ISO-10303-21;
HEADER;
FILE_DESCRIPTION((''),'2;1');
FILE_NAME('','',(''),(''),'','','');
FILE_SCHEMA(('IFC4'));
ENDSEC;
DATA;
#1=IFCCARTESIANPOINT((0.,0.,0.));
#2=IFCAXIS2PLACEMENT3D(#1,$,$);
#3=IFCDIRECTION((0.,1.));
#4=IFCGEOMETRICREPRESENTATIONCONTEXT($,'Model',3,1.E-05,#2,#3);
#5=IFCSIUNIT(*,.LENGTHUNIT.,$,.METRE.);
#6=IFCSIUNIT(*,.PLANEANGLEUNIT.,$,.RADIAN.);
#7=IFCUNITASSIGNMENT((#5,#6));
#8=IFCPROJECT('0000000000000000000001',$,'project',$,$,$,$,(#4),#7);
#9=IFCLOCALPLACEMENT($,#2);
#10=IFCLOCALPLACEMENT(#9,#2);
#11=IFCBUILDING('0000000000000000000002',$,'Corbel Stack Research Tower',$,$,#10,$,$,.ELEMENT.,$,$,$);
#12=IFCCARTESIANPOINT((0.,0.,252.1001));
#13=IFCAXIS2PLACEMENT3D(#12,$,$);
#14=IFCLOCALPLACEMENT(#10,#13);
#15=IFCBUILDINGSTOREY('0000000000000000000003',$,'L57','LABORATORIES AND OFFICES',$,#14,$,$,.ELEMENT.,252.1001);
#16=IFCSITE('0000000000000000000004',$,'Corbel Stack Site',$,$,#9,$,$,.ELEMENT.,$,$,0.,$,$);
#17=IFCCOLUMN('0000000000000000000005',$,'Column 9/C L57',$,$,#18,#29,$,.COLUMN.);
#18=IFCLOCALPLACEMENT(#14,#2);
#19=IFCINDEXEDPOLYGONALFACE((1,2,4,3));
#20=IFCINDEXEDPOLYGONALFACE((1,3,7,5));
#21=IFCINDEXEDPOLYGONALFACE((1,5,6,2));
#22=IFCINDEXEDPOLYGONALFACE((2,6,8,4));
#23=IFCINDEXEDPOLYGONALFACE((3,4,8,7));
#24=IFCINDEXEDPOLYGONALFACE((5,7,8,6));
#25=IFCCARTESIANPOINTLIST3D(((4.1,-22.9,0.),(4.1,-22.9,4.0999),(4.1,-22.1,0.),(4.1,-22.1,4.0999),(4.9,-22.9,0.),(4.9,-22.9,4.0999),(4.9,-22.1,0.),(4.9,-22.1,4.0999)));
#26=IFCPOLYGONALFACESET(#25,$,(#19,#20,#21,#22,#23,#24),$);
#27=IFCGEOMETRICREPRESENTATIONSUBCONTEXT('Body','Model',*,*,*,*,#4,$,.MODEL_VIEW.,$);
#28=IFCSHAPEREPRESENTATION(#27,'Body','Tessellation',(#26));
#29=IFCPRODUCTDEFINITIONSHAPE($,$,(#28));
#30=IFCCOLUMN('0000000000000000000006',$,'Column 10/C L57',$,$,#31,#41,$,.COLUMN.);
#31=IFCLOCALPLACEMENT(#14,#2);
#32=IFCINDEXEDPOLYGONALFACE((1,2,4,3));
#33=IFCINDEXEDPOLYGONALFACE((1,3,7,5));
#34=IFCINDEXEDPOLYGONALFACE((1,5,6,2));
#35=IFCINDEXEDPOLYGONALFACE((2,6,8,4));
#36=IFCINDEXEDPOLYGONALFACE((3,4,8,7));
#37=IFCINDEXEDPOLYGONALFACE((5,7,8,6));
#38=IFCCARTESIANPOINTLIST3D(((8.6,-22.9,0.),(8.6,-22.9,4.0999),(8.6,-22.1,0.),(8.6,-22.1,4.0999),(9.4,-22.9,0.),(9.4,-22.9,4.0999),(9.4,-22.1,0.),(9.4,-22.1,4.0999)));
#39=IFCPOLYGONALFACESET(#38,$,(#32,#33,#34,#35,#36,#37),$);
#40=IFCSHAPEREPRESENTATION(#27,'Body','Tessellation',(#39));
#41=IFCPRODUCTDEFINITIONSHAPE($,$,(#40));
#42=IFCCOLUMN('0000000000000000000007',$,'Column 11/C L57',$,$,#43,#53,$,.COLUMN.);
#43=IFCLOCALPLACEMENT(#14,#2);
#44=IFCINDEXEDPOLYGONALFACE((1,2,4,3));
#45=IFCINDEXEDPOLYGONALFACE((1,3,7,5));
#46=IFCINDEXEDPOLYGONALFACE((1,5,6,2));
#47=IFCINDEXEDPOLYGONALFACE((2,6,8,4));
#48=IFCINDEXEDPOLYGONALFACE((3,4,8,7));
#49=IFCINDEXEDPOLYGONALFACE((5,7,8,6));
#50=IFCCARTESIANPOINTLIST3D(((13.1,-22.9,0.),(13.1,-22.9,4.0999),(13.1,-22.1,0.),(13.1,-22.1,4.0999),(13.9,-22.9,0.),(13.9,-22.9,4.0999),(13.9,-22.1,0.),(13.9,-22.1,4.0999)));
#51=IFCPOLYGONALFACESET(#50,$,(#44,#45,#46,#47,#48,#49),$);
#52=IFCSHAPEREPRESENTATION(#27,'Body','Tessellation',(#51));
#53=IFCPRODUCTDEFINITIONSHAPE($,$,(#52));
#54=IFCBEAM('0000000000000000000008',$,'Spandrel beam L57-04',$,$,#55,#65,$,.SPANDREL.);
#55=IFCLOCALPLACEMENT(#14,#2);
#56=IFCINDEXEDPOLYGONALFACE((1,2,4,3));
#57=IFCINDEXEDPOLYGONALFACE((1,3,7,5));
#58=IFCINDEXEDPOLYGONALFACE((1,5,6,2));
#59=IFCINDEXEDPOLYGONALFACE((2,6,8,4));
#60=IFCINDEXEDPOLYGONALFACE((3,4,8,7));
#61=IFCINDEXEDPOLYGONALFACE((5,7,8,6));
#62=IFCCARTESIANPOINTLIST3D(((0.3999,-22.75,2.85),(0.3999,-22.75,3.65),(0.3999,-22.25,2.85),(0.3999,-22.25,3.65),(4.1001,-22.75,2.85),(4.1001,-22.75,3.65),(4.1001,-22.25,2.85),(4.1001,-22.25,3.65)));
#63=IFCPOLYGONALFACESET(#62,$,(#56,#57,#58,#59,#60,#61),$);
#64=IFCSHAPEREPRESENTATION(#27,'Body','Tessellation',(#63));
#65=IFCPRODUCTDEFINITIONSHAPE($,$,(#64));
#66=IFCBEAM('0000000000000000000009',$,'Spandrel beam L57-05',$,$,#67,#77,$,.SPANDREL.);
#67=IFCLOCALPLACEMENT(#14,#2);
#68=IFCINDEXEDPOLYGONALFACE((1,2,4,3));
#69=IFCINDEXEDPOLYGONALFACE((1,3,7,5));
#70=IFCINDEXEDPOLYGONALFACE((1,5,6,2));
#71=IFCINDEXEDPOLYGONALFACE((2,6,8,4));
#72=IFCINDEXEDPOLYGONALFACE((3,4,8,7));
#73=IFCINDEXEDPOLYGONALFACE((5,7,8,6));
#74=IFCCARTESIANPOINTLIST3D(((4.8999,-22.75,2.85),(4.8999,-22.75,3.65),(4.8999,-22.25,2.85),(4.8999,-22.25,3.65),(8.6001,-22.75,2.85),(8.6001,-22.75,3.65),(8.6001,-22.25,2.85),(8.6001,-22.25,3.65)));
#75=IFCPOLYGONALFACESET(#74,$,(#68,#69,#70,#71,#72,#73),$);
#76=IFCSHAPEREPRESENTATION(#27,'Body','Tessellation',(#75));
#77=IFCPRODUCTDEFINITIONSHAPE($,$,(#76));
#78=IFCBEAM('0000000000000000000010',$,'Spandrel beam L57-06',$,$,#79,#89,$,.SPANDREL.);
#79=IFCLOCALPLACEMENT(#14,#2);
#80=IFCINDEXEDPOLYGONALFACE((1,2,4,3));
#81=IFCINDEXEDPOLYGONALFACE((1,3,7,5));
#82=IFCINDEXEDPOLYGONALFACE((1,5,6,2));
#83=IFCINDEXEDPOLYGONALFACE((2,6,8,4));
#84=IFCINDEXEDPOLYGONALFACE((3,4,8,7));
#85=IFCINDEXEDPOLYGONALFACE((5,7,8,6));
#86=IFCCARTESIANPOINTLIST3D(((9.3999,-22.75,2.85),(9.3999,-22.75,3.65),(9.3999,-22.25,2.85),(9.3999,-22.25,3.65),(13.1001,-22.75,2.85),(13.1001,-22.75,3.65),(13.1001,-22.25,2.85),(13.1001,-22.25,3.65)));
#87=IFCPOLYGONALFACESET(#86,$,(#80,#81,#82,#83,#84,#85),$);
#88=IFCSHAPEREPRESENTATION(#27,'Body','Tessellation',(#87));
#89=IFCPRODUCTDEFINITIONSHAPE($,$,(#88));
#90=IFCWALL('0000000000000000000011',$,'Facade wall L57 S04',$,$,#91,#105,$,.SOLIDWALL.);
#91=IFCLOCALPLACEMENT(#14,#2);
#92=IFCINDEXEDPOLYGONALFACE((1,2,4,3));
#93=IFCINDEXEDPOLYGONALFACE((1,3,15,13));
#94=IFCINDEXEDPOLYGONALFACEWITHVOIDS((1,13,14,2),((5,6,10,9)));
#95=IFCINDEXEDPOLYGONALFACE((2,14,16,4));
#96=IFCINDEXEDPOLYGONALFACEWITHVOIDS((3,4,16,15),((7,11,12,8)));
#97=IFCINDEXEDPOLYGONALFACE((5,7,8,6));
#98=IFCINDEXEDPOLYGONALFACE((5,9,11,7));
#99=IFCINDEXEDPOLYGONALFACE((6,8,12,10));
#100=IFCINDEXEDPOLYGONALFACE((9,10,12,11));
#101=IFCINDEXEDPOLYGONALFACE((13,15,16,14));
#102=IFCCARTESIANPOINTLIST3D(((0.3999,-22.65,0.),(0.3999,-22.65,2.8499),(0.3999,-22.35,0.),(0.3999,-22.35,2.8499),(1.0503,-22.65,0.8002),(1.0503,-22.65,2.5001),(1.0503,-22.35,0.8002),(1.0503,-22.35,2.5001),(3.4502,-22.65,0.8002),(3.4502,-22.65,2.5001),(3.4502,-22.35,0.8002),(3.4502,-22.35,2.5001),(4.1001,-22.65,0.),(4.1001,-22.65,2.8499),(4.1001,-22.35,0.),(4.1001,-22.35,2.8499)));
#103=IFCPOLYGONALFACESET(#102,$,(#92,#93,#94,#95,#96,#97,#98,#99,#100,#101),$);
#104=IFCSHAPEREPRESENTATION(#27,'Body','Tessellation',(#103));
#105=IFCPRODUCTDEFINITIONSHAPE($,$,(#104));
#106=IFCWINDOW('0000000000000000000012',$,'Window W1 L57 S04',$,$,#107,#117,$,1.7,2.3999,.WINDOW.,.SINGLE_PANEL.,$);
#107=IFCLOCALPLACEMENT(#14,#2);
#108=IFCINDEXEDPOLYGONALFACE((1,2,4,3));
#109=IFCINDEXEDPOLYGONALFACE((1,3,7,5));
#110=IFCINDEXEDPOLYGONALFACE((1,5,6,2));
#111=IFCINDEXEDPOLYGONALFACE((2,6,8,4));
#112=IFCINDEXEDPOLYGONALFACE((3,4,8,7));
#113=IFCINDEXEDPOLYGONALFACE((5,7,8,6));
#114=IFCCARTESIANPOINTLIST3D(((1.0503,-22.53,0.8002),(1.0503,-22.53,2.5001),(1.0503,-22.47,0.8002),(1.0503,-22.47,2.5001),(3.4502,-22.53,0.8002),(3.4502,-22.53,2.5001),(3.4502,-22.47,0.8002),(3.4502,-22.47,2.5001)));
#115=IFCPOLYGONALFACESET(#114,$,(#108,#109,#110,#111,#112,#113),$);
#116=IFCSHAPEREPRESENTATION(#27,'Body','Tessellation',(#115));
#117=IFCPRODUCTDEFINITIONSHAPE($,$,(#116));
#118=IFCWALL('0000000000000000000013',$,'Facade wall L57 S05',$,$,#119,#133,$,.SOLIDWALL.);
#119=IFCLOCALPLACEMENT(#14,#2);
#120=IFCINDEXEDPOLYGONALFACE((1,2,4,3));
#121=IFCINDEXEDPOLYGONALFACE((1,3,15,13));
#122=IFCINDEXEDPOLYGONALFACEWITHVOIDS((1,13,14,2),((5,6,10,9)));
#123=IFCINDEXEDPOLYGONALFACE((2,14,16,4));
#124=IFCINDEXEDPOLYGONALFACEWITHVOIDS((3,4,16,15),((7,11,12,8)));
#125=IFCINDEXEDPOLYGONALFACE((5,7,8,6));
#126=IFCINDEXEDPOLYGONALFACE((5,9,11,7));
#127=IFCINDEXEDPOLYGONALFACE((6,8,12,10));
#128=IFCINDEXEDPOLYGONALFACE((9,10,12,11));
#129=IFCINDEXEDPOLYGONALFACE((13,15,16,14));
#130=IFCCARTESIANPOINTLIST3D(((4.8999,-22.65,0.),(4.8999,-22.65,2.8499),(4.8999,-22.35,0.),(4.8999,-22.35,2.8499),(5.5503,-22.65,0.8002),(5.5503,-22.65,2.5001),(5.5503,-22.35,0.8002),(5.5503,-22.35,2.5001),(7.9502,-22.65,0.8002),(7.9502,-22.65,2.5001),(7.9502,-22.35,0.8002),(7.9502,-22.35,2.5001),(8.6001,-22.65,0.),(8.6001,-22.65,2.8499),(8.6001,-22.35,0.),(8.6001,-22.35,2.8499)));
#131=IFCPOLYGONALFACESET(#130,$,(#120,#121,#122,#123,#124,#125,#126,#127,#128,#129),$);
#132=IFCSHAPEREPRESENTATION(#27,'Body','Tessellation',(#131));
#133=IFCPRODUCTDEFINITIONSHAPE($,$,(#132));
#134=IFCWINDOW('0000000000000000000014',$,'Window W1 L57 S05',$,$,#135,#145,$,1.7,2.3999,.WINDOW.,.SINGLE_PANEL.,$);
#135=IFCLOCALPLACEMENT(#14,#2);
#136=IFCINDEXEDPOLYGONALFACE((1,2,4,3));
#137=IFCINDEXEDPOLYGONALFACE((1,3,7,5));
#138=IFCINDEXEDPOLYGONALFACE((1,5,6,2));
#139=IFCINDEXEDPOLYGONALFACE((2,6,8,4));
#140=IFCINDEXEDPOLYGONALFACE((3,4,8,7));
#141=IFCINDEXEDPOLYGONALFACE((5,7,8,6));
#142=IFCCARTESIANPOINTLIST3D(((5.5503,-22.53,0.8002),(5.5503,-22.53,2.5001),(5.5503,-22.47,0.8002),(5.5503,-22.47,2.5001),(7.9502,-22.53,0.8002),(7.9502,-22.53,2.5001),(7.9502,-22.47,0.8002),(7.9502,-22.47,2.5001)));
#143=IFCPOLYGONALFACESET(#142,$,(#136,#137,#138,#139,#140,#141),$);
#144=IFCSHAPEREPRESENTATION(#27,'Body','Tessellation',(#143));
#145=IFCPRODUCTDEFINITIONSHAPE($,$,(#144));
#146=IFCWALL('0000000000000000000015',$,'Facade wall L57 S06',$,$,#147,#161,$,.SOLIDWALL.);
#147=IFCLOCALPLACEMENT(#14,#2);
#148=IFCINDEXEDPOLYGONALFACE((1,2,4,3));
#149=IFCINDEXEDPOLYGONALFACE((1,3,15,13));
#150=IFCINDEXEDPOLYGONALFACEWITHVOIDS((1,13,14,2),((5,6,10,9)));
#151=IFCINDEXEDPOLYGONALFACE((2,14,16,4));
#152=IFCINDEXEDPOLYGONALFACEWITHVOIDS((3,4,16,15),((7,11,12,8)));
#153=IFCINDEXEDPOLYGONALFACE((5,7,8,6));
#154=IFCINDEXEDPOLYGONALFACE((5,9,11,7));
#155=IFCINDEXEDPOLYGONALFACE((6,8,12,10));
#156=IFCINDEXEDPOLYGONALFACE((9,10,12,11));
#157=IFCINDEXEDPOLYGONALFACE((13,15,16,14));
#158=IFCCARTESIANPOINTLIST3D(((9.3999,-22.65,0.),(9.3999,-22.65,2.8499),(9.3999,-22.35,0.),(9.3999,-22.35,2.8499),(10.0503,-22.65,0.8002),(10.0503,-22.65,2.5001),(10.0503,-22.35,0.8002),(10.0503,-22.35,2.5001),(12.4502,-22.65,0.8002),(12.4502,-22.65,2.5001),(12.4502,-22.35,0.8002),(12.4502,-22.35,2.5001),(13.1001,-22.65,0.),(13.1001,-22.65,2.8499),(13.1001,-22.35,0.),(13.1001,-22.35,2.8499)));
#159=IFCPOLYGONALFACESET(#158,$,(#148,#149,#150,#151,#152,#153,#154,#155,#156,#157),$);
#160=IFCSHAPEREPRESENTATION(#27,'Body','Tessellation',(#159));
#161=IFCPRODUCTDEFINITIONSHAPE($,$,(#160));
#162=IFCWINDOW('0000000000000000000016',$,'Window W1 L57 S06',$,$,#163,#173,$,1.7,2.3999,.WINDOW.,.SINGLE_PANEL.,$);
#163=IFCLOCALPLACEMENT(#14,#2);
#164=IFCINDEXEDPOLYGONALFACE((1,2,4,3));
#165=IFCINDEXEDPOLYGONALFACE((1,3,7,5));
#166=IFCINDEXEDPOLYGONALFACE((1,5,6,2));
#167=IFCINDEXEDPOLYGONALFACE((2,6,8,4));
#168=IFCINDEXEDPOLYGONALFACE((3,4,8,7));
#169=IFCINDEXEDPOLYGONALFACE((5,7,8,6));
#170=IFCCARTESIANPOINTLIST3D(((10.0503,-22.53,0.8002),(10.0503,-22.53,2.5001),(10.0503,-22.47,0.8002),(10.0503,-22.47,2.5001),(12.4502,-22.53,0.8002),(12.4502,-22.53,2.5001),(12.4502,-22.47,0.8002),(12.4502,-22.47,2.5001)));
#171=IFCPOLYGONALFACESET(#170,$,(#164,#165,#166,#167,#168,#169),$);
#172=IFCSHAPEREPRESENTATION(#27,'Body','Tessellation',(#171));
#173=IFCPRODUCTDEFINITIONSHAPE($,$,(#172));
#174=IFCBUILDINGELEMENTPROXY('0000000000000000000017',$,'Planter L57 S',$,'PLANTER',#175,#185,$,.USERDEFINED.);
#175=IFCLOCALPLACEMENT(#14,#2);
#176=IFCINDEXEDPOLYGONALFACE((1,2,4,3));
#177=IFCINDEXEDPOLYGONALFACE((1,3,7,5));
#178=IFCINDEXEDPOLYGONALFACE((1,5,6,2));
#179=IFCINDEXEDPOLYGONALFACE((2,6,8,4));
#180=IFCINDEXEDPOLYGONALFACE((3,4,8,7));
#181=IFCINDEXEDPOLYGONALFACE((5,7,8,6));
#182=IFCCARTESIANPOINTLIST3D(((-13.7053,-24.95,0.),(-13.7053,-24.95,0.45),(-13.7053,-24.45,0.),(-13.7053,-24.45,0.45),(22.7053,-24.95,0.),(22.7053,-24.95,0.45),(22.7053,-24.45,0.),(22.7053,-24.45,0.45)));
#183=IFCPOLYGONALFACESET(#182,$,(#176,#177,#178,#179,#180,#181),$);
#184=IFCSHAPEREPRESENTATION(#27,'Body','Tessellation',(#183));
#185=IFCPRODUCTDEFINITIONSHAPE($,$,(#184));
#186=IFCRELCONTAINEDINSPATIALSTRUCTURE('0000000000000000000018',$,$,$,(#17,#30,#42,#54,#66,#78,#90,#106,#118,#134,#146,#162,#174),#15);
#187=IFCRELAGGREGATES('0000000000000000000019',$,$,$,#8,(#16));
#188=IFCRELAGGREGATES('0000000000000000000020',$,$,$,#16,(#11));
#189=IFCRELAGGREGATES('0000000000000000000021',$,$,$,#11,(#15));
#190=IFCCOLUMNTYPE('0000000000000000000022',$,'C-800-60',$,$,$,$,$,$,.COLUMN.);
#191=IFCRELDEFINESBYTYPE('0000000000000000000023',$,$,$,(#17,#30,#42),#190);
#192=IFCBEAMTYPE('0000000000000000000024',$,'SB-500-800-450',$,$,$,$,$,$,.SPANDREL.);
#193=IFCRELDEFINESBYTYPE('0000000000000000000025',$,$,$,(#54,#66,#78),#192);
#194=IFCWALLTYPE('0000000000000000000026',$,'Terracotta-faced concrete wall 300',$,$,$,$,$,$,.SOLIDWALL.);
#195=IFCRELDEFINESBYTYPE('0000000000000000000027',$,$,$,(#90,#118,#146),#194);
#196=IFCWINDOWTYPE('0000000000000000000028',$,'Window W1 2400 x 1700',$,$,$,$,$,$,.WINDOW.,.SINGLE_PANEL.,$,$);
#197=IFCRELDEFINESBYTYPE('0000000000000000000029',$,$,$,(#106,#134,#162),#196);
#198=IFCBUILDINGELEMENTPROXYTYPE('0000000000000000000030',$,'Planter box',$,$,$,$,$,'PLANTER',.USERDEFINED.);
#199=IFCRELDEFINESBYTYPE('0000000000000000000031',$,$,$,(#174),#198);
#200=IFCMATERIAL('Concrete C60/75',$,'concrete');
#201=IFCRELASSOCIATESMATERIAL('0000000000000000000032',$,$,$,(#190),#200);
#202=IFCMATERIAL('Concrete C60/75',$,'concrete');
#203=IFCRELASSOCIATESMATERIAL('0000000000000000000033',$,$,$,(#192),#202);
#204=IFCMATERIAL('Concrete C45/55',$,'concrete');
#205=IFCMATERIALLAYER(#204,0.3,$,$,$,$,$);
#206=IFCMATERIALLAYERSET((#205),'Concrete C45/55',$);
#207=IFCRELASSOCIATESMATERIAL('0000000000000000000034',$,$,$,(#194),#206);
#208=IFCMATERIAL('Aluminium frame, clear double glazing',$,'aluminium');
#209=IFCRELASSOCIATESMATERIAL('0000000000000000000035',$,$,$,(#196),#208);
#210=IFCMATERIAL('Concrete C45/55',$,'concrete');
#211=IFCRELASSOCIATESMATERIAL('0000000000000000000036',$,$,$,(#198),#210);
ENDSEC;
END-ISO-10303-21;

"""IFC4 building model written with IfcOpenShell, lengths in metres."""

from ifc_helpers import new_model, si_unit, direction, frame, frame_2d, origin, origin_2d, place, context, subcontext, project, spatial, rectangle, extrude, material, layer, layer_set, material_profile, profile_set, type_object, element, fill, save


model = new_model("IFC4")

# Units and contexts
model_context = context("Model", 3, precision=1e-05, world=origin(), true_north=direction((0.0, 1.0)))
body_context = subcontext(model_context, "Body", "Model", "MODEL_VIEW")
ifc_project = project(units=[si_unit("LENGTHUNIT", "METRE"), si_unit("PLANEANGLEUNIT", "RADIAN")], contexts=[model_context])

# Site, building, storey
site_placement = place(None, origin())
site = spatial("IfcSite", under=ifc_project, at=site_placement, Name="Corbel Stack Site", CompositionType="ELEMENT", RefElevation=0.0)
building_placement = place(site_placement, origin())
building = spatial("IfcBuilding", under=site, at=building_placement, Name="Corbel Stack Research Tower", CompositionType="ELEMENT")
storey_placement = place(building_placement, frame((0.0, 0.0, 252.1001)))
storey = spatial("IfcBuildingStorey", under=building, at=storey_placement, Name="L57", Description="LABORATORIES AND OFFICES", CompositionType="ELEMENT", Elevation=252.1001)

# Columns
ifc_material_1 = material(Name="Concrete C60/75", Category="concrete")
ifc_material_profile_1 = material_profile(ifc_material_1, rectangle(XDim=0.8, YDim=0.8, at=origin_2d()), Name="RC 800 x 800")
ifc_profile_set_1 = profile_set([ifc_material_profile_1], Name="Concrete C60/75")
column_type = type_object("IfcColumnType", Name="C-800-60", PredefinedType="COLUMN", material=ifc_profile_set_1)
for number, where, z_axis, x_axis, name in (
    (1, (4.5, -22.5, 0.0), (0.0, 0.0, 1.0), (1.0, 0.0, 0.0), "Column 9/C L57"),
    (2, (9.0, -22.5, 0.0), (0.0, 0.0, 1.0), (1.0, 0.0, 0.0), "Column 10/C L57"),
    (3, (13.5, -22.5, 0.0), (0.0, 0.0, 1.0), (1.0, 0.0, 0.0), "Column 11/C L57"),
):
    element("IfcColumn", number, at=place(storey_placement, frame(where, z_axis=z_axis, x_axis=x_axis)), inside=storey, type_object=column_type, Name=name, PredefinedType="COLUMN", context=body_context, shape_type="SweptSolid", body=[
        extrude(rectangle(XDim=0.8, YDim=0.8, at=origin_2d()), origin(), (0.0, 0.0, 1.0), 4.0999),
    ])

# Beams
ifc_material_2 = material(Name="Concrete C60/75", Category="concrete")
ifc_material_profile_2 = material_profile(ifc_material_2, rectangle(XDim=0.5, YDim=0.8, at=origin_2d()), Name="RC 500 x 800")
ifc_profile_set_2 = profile_set([ifc_material_profile_2], Name="Concrete C60/75")
beam_type = type_object("IfcBeamType", Name="SB-500-800-450", PredefinedType="SPANDREL", material=ifc_profile_set_2)
for number, where, z_axis, x_axis, name in (
    (4, (0.3999, -22.5, 3.25), (1.0, 0.0, 0.0), (0.0, 1.0, 0.0), "Spandrel beam L57-04"),
    (5, (4.8999, -22.5, 3.25), (1.0, 0.0, 0.0), (0.0, 1.0, 0.0), "Spandrel beam L57-05"),
    (6, (9.3999, -22.5, 3.25), (1.0, 0.0, 0.0), (0.0, 1.0, 0.0), "Spandrel beam L57-06"),
):
    element("IfcBeam", number, at=place(storey_placement, frame(where, z_axis=z_axis, x_axis=x_axis)), inside=storey, type_object=beam_type, Name=name, PredefinedType="SPANDREL", context=body_context, shape_type="SweptSolid", body=[
        extrude(rectangle(XDim=0.5, YDim=0.8, at=origin_2d()), origin(), (0.0, 0.0, 1.0), 3.7002),
    ])

# Walls, openings, windows
ifc_material_3 = material(Name="Concrete C45/55", Category="concrete")
ifc_layer = layer(ifc_material_3, 0.3)
ifc_layer_set = layer_set([ifc_layer], Name="Concrete C45/55")
wall_type = type_object("IfcWallType", Name="Terracotta-faced concrete wall 300", PredefinedType="SOLIDWALL", material=ifc_layer_set)
wall_1_placement = place(storey_placement, frame((4.1001, -22.5, 0.0), z_axis=(0.0, 0.0, 1.0), x_axis=(-1.0, 0.0, 0.0)))
wall_1 = element("IfcWall", 7, at=wall_1_placement, inside=storey, type_object=wall_type, Name="Facade wall L57 S04", PredefinedType="SOLIDWALL", context=body_context, shape_type="SweptSolid", body=[
    extrude(rectangle(XDim=3.7002, YDim=0.3, at=frame_2d((1.8501, 0.0))), origin(), (0.0, 0.0, 1.0), 2.8499),
])
opening_1_placement = place(wall_1_placement, frame((0.6499, 0.0, 0.8)))
opening_1 = element("IfcOpeningElement", 8, at=opening_1_placement, cuts=wall_1, PredefinedType="OPENING", context=body_context, shape_type="SweptSolid", body=[
    extrude(rectangle(XDim=2.3999, YDim=1.7, at=frame_2d((1.2, 0.8501))), frame((0.0, 0.1599, 0.0), z_axis=(0.0, -1.0, 0.0), x_axis=(1.0, 0.0, 0.0)), (0.0, 0.0, 1.0), 0.3201),
])
ifc_material_4 = material(Name="Aluminium frame, clear double glazing", Category="aluminium")
window_type = type_object("IfcWindowType", Name="Window W1 2400 x 1700", PartitioningType="SINGLE_PANEL", PredefinedType="WINDOW", material=ifc_material_4)
window_1_placement = place(opening_1_placement, origin())
window_1 = element("IfcWindow", 9, at=window_1_placement, inside=storey, type_object=window_type, Name="Window W1 L57 S04", OverallHeight=1.7, OverallWidth=2.3999, PartitioningType="SINGLE_PANEL", PredefinedType="WINDOW", context=body_context, shape_type="SweptSolid", body=[
    extrude(rectangle(XDim=2.3999, YDim=1.7, at=frame_2d((1.2, 0.8501))), frame((0.0, 0.03, 0.0), z_axis=(0.0, -1.0, 0.0), x_axis=(1.0, 0.0, 0.0)), (0.0, 0.0, 1.0), 0.0601),
])
fill(opening_1, window_1)
wall_2_placement = place(storey_placement, frame((8.6001, -22.5, 0.0), z_axis=(0.0, 0.0, 1.0), x_axis=(-1.0, 0.0, 0.0)))
wall_2 = element("IfcWall", 10, at=wall_2_placement, inside=storey, type_object=wall_type, Name="Facade wall L57 S05", PredefinedType="SOLIDWALL", context=body_context, shape_type="SweptSolid", body=[
    extrude(rectangle(XDim=3.7002, YDim=0.3, at=frame_2d((1.8501, 0.0))), origin(), (0.0, 0.0, 1.0), 2.8499),
])
opening_2_placement = place(wall_2_placement, frame((0.6499, 0.0, 0.8)))
opening_2 = element("IfcOpeningElement", 11, at=opening_2_placement, cuts=wall_2, PredefinedType="OPENING", context=body_context, shape_type="SweptSolid", body=[
    extrude(rectangle(XDim=2.3999, YDim=1.7, at=frame_2d((1.2, 0.8501))), frame((0.0, 0.1599, 0.0), z_axis=(0.0, -1.0, 0.0), x_axis=(1.0, 0.0, 0.0)), (0.0, 0.0, 1.0), 0.3201),
])
window_2_placement = place(opening_2_placement, origin())
window_2 = element("IfcWindow", 12, at=window_2_placement, inside=storey, type_object=window_type, Name="Window W1 L57 S05", OverallHeight=1.7, OverallWidth=2.3999, PartitioningType="SINGLE_PANEL", PredefinedType="WINDOW", context=body_context, shape_type="SweptSolid", body=[
    extrude(rectangle(XDim=2.3999, YDim=1.7, at=frame_2d((1.2, 0.8501))), frame((0.0, 0.03, 0.0), z_axis=(0.0, -1.0, 0.0), x_axis=(1.0, 0.0, 0.0)), (0.0, 0.0, 1.0), 0.0601),
])
fill(opening_2, window_2)
wall_3_placement = place(storey_placement, frame((13.1001, -22.5, 0.0), z_axis=(0.0, 0.0, 1.0), x_axis=(-1.0, 0.0, 0.0)))
wall_3 = element("IfcWall", 13, at=wall_3_placement, inside=storey, type_object=wall_type, Name="Facade wall L57 S06", PredefinedType="SOLIDWALL", context=body_context, shape_type="SweptSolid", body=[
    extrude(rectangle(XDim=3.7002, YDim=0.3, at=frame_2d((1.8501, 0.0))), origin(), (0.0, 0.0, 1.0), 2.8499),
])
opening_3_placement = place(wall_3_placement, frame((0.6499, 0.0, 0.8)))
opening_3 = element("IfcOpeningElement", 14, at=opening_3_placement, cuts=wall_3, PredefinedType="OPENING", context=body_context, shape_type="SweptSolid", body=[
    extrude(rectangle(XDim=2.3999, YDim=1.7, at=frame_2d((1.2, 0.8501))), frame((0.0, 0.1599, 0.0), z_axis=(0.0, -1.0, 0.0), x_axis=(1.0, 0.0, 0.0)), (0.0, 0.0, 1.0), 0.3201),
])
window_3_placement = place(opening_3_placement, origin())
window_3 = element("IfcWindow", 15, at=window_3_placement, inside=storey, type_object=window_type, Name="Window W1 L57 S06", OverallHeight=1.7, OverallWidth=2.3999, PartitioningType="SINGLE_PANEL", PredefinedType="WINDOW", context=body_context, shape_type="SweptSolid", body=[
    extrude(rectangle(XDim=2.3999, YDim=1.7, at=frame_2d((1.2, 0.8501))), frame((0.0, 0.03, 0.0), z_axis=(0.0, -1.0, 0.0), x_axis=(1.0, 0.0, 0.0)), (0.0, 0.0, 1.0), 0.0601),
])
fill(opening_3, window_3)

# Building element proxy
ifc_material_5 = material(Name="Concrete C45/55", Category="concrete")
building_element_proxy_type = type_object("IfcBuildingElementProxyType", Name="Planter box", ElementType="PLANTER", PredefinedType="USERDEFINED", material=ifc_material_5)
proxy_placement = place(storey_placement, frame((4.5, -24.7, 0.0), z_axis=(0.0, 0.0, 1.0), x_axis=(1.0, 0.0, 0.0)))
element("IfcBuildingElementProxy", 16, at=proxy_placement, inside=storey, type_object=building_element_proxy_type, Name="Planter L57 S", ObjectType="PLANTER", PredefinedType="USERDEFINED", context=body_context, shape_type="SweptSolid", body=[
    extrude(rectangle(XDim=36.4106, YDim=0.5, at=origin_2d()), origin(), (0.0, 0.0, 1.0), 0.45),
])

save(model, "model.ifc")
